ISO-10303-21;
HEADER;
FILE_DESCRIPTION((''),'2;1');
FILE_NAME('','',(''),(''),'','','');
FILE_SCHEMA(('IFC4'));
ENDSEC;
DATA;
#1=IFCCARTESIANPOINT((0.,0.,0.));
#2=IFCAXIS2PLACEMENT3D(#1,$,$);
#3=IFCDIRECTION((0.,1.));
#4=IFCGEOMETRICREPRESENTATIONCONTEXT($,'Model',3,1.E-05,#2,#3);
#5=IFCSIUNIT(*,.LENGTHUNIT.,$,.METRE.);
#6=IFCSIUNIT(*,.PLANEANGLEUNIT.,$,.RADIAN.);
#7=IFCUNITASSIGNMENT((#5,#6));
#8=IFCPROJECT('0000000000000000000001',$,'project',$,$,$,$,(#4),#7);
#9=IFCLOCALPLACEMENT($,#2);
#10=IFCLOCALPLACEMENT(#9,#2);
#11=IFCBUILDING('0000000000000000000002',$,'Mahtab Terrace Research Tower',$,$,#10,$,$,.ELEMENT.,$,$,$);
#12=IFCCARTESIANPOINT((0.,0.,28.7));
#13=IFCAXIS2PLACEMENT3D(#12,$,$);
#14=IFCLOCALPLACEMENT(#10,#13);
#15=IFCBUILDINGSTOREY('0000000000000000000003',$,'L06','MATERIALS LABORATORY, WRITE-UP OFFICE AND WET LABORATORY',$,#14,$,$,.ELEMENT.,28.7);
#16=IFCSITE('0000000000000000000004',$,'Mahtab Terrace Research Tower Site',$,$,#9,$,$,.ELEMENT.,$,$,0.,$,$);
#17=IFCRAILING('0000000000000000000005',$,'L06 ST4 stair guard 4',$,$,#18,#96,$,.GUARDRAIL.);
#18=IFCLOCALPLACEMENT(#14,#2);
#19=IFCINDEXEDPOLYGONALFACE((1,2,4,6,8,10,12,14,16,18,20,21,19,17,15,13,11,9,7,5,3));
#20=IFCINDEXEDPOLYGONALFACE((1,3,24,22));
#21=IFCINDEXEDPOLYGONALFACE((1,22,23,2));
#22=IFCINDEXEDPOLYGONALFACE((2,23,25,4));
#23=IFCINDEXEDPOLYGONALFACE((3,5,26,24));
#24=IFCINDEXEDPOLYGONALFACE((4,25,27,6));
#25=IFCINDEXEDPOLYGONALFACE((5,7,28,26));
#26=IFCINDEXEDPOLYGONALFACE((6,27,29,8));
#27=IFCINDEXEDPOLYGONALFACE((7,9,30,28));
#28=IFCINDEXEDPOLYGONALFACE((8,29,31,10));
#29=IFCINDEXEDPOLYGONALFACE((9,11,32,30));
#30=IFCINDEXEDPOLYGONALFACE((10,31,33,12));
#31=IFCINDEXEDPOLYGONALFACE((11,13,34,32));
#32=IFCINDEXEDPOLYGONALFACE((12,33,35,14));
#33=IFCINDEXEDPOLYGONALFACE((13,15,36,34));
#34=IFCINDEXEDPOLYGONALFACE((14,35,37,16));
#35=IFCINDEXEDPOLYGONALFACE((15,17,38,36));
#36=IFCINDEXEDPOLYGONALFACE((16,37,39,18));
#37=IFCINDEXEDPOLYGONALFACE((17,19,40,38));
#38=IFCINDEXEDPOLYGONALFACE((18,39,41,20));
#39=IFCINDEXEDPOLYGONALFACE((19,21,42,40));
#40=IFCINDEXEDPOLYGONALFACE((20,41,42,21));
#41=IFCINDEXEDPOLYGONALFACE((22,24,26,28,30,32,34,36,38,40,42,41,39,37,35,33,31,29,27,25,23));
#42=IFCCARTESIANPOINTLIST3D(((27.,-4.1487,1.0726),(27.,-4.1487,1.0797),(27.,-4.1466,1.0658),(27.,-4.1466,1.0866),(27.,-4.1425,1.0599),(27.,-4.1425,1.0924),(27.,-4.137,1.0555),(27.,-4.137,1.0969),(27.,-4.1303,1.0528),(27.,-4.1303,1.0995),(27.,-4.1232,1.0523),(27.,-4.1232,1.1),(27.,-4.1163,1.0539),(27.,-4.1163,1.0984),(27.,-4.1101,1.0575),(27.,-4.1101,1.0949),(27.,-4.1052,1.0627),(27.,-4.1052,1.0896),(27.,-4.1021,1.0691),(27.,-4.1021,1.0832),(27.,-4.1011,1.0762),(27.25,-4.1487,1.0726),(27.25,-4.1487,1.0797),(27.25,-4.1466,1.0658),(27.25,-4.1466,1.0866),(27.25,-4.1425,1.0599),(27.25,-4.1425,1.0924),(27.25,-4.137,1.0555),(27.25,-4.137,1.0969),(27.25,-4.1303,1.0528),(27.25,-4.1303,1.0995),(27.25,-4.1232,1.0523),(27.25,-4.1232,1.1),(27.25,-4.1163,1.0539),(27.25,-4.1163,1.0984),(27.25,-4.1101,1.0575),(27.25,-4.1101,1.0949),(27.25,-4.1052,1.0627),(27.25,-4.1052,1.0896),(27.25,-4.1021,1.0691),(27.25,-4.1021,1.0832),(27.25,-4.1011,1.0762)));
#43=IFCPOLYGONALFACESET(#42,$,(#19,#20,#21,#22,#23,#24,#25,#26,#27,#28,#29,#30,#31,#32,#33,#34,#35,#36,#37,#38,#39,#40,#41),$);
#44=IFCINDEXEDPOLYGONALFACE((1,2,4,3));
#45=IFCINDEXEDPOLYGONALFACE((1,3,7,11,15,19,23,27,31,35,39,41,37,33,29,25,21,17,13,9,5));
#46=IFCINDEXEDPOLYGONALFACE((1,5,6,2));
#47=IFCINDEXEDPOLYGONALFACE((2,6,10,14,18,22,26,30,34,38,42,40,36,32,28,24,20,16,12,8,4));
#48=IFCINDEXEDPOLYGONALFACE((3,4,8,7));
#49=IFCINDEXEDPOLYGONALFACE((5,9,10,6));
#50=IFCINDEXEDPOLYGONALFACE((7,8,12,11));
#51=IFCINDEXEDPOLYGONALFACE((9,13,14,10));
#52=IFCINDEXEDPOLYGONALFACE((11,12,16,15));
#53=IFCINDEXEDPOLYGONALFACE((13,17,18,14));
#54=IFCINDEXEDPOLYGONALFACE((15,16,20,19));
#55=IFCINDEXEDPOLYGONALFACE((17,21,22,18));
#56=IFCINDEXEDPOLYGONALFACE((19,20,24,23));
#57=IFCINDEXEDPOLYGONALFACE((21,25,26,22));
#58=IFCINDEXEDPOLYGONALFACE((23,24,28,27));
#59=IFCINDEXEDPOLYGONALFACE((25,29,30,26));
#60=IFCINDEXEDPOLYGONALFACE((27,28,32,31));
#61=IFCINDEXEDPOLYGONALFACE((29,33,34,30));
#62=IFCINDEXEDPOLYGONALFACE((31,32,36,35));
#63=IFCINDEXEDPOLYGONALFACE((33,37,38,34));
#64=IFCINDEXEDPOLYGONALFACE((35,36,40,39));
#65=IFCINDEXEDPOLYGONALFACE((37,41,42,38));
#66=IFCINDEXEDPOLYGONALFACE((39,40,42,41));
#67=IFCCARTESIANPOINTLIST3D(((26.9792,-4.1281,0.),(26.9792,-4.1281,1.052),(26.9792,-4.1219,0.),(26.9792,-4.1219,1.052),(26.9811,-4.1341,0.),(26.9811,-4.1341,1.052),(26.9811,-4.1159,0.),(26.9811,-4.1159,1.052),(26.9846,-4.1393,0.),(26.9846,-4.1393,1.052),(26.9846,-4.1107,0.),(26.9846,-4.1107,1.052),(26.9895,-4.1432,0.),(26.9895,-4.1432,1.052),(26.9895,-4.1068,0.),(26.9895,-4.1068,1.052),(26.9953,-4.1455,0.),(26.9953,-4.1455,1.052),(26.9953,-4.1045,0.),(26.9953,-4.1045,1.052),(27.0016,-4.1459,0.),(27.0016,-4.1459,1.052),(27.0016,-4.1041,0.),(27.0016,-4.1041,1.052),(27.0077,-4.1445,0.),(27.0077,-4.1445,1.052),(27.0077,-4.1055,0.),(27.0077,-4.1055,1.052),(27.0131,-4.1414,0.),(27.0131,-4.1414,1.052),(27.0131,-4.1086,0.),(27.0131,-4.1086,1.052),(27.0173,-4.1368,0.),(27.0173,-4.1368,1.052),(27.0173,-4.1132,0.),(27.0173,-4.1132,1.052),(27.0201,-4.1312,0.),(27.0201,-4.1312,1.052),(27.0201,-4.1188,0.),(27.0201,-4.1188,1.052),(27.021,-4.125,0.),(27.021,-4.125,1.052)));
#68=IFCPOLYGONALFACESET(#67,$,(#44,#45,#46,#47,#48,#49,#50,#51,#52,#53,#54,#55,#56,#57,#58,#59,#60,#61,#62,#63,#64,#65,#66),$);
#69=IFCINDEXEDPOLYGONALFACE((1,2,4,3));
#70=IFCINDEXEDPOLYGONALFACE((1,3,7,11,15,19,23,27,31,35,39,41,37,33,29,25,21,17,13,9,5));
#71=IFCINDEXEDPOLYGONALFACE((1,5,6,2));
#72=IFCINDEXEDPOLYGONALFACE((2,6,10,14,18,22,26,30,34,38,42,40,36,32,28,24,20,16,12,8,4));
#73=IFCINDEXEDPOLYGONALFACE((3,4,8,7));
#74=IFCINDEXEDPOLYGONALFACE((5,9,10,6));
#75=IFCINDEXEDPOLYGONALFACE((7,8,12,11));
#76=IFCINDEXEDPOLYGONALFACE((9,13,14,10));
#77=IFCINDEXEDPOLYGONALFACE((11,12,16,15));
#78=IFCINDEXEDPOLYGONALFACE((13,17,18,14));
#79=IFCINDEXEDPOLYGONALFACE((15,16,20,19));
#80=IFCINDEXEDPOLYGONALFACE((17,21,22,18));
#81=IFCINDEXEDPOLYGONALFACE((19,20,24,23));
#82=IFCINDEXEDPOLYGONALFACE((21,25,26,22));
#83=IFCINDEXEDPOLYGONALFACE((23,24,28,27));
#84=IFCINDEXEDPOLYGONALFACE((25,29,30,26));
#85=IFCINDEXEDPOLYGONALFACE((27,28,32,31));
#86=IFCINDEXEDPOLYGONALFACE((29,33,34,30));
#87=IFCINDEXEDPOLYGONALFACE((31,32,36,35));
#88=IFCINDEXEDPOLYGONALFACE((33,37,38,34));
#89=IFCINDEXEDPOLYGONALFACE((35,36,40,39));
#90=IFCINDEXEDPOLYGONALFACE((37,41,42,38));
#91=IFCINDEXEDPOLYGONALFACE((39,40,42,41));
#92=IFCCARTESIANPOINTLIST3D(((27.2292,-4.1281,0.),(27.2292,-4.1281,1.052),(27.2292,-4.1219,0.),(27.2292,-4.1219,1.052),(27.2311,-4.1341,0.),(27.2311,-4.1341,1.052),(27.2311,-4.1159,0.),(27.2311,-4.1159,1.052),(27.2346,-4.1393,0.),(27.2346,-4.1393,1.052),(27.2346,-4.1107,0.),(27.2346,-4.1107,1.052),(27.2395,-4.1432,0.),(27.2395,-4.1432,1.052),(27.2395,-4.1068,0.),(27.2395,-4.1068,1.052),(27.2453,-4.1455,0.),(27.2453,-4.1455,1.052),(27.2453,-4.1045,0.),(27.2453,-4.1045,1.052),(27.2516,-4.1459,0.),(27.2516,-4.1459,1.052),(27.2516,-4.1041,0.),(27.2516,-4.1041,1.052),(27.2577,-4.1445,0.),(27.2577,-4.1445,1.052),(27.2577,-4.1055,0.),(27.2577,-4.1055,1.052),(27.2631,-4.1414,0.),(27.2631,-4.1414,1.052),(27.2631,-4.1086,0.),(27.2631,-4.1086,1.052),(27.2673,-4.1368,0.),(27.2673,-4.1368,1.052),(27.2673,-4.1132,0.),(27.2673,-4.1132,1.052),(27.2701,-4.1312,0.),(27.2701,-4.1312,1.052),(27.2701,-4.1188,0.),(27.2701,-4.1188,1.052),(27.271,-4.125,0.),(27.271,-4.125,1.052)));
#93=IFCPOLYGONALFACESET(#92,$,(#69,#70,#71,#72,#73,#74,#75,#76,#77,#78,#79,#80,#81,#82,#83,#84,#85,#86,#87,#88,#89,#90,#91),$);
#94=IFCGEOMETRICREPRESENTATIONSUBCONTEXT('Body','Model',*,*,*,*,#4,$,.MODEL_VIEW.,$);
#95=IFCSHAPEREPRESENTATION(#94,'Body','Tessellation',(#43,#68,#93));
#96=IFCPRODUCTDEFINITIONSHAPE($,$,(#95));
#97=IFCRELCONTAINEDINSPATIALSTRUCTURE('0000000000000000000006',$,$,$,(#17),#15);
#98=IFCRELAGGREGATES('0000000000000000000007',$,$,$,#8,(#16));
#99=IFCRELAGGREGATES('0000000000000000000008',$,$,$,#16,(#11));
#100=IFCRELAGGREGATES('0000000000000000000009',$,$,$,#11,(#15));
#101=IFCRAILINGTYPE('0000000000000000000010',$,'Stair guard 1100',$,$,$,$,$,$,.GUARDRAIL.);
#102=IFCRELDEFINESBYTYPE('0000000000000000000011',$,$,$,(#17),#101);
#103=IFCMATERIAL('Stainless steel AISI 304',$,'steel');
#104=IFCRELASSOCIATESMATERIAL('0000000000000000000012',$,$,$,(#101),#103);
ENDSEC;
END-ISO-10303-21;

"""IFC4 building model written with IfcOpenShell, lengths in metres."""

from ifc_helpers import new_model, si_unit, direction, frame, origin, origin_2d, place, context, subcontext, project, spatial, circle, extrude, material, type_object, element, save


model = new_model("IFC4")

# Units and contexts
model_context = context("Model", 3, precision=1e-05, world=origin(), true_north=direction((0.0, 1.0)))
body_context = subcontext(model_context, "Body", "Model", "MODEL_VIEW")
ifc_project = project(units=[si_unit("LENGTHUNIT", "METRE"), si_unit("PLANEANGLEUNIT", "RADIAN")], contexts=[model_context])

# Site, building, storey
site_placement = place(None, origin())
site = spatial("IfcSite", under=ifc_project, at=site_placement, Name="Mahtab Terrace Research Tower Site", CompositionType="ELEMENT", RefElevation=0.0)
building_placement = place(site_placement, origin())
building = spatial("IfcBuilding", under=site, at=building_placement, Name="Mahtab Terrace Research Tower", CompositionType="ELEMENT")
storey_placement = place(building_placement, frame((0.0, 0.0, 28.7)))
storey = spatial("IfcBuildingStorey", under=building, at=storey_placement, Name="L06", Description="MATERIALS LABORATORY, WRITE-UP OFFICE AND WET LABORATORY", CompositionType="ELEMENT", Elevation=28.7)

# Shared definitions
ifc_material_1 = material(Name="Stainless steel AISI 304", Category="steel")

# Railing
railing_type_1 = type_object("IfcRailingType", Name="Stair guard 1100", PredefinedType="GUARDRAIL", material=ifc_material_1)
railing_1_placement = place(storey_placement, frame((27.0, -4.125, 0.0)))
element("IfcRailing", 1, at=railing_1_placement, inside=storey, type_object=railing_type_1, Name="L06 ST4 stair guard 4", PredefinedType="GUARDRAIL", context=body_context, shape_type="SweptSolid", body=[
    extrude(circle(Radius=0.0239, at=origin_2d()), frame((0.0, 0.0, 1.0762), z_axis=(1.0, 0.0, 0.0), x_axis=(0.0, 1.0, 0.0)), (0.0, 0.0, 1.0), 0.25),
    extrude(circle(Radius=0.021, at=origin_2d()), origin(), (0.0, 0.0, 1.0), 1.052),
    extrude(circle(Radius=0.021, at=origin_2d()), frame((0.25, 0.0, 0.0)), (0.0, 0.0, 1.0), 1.052),
])

save(model, "model.ifc")
